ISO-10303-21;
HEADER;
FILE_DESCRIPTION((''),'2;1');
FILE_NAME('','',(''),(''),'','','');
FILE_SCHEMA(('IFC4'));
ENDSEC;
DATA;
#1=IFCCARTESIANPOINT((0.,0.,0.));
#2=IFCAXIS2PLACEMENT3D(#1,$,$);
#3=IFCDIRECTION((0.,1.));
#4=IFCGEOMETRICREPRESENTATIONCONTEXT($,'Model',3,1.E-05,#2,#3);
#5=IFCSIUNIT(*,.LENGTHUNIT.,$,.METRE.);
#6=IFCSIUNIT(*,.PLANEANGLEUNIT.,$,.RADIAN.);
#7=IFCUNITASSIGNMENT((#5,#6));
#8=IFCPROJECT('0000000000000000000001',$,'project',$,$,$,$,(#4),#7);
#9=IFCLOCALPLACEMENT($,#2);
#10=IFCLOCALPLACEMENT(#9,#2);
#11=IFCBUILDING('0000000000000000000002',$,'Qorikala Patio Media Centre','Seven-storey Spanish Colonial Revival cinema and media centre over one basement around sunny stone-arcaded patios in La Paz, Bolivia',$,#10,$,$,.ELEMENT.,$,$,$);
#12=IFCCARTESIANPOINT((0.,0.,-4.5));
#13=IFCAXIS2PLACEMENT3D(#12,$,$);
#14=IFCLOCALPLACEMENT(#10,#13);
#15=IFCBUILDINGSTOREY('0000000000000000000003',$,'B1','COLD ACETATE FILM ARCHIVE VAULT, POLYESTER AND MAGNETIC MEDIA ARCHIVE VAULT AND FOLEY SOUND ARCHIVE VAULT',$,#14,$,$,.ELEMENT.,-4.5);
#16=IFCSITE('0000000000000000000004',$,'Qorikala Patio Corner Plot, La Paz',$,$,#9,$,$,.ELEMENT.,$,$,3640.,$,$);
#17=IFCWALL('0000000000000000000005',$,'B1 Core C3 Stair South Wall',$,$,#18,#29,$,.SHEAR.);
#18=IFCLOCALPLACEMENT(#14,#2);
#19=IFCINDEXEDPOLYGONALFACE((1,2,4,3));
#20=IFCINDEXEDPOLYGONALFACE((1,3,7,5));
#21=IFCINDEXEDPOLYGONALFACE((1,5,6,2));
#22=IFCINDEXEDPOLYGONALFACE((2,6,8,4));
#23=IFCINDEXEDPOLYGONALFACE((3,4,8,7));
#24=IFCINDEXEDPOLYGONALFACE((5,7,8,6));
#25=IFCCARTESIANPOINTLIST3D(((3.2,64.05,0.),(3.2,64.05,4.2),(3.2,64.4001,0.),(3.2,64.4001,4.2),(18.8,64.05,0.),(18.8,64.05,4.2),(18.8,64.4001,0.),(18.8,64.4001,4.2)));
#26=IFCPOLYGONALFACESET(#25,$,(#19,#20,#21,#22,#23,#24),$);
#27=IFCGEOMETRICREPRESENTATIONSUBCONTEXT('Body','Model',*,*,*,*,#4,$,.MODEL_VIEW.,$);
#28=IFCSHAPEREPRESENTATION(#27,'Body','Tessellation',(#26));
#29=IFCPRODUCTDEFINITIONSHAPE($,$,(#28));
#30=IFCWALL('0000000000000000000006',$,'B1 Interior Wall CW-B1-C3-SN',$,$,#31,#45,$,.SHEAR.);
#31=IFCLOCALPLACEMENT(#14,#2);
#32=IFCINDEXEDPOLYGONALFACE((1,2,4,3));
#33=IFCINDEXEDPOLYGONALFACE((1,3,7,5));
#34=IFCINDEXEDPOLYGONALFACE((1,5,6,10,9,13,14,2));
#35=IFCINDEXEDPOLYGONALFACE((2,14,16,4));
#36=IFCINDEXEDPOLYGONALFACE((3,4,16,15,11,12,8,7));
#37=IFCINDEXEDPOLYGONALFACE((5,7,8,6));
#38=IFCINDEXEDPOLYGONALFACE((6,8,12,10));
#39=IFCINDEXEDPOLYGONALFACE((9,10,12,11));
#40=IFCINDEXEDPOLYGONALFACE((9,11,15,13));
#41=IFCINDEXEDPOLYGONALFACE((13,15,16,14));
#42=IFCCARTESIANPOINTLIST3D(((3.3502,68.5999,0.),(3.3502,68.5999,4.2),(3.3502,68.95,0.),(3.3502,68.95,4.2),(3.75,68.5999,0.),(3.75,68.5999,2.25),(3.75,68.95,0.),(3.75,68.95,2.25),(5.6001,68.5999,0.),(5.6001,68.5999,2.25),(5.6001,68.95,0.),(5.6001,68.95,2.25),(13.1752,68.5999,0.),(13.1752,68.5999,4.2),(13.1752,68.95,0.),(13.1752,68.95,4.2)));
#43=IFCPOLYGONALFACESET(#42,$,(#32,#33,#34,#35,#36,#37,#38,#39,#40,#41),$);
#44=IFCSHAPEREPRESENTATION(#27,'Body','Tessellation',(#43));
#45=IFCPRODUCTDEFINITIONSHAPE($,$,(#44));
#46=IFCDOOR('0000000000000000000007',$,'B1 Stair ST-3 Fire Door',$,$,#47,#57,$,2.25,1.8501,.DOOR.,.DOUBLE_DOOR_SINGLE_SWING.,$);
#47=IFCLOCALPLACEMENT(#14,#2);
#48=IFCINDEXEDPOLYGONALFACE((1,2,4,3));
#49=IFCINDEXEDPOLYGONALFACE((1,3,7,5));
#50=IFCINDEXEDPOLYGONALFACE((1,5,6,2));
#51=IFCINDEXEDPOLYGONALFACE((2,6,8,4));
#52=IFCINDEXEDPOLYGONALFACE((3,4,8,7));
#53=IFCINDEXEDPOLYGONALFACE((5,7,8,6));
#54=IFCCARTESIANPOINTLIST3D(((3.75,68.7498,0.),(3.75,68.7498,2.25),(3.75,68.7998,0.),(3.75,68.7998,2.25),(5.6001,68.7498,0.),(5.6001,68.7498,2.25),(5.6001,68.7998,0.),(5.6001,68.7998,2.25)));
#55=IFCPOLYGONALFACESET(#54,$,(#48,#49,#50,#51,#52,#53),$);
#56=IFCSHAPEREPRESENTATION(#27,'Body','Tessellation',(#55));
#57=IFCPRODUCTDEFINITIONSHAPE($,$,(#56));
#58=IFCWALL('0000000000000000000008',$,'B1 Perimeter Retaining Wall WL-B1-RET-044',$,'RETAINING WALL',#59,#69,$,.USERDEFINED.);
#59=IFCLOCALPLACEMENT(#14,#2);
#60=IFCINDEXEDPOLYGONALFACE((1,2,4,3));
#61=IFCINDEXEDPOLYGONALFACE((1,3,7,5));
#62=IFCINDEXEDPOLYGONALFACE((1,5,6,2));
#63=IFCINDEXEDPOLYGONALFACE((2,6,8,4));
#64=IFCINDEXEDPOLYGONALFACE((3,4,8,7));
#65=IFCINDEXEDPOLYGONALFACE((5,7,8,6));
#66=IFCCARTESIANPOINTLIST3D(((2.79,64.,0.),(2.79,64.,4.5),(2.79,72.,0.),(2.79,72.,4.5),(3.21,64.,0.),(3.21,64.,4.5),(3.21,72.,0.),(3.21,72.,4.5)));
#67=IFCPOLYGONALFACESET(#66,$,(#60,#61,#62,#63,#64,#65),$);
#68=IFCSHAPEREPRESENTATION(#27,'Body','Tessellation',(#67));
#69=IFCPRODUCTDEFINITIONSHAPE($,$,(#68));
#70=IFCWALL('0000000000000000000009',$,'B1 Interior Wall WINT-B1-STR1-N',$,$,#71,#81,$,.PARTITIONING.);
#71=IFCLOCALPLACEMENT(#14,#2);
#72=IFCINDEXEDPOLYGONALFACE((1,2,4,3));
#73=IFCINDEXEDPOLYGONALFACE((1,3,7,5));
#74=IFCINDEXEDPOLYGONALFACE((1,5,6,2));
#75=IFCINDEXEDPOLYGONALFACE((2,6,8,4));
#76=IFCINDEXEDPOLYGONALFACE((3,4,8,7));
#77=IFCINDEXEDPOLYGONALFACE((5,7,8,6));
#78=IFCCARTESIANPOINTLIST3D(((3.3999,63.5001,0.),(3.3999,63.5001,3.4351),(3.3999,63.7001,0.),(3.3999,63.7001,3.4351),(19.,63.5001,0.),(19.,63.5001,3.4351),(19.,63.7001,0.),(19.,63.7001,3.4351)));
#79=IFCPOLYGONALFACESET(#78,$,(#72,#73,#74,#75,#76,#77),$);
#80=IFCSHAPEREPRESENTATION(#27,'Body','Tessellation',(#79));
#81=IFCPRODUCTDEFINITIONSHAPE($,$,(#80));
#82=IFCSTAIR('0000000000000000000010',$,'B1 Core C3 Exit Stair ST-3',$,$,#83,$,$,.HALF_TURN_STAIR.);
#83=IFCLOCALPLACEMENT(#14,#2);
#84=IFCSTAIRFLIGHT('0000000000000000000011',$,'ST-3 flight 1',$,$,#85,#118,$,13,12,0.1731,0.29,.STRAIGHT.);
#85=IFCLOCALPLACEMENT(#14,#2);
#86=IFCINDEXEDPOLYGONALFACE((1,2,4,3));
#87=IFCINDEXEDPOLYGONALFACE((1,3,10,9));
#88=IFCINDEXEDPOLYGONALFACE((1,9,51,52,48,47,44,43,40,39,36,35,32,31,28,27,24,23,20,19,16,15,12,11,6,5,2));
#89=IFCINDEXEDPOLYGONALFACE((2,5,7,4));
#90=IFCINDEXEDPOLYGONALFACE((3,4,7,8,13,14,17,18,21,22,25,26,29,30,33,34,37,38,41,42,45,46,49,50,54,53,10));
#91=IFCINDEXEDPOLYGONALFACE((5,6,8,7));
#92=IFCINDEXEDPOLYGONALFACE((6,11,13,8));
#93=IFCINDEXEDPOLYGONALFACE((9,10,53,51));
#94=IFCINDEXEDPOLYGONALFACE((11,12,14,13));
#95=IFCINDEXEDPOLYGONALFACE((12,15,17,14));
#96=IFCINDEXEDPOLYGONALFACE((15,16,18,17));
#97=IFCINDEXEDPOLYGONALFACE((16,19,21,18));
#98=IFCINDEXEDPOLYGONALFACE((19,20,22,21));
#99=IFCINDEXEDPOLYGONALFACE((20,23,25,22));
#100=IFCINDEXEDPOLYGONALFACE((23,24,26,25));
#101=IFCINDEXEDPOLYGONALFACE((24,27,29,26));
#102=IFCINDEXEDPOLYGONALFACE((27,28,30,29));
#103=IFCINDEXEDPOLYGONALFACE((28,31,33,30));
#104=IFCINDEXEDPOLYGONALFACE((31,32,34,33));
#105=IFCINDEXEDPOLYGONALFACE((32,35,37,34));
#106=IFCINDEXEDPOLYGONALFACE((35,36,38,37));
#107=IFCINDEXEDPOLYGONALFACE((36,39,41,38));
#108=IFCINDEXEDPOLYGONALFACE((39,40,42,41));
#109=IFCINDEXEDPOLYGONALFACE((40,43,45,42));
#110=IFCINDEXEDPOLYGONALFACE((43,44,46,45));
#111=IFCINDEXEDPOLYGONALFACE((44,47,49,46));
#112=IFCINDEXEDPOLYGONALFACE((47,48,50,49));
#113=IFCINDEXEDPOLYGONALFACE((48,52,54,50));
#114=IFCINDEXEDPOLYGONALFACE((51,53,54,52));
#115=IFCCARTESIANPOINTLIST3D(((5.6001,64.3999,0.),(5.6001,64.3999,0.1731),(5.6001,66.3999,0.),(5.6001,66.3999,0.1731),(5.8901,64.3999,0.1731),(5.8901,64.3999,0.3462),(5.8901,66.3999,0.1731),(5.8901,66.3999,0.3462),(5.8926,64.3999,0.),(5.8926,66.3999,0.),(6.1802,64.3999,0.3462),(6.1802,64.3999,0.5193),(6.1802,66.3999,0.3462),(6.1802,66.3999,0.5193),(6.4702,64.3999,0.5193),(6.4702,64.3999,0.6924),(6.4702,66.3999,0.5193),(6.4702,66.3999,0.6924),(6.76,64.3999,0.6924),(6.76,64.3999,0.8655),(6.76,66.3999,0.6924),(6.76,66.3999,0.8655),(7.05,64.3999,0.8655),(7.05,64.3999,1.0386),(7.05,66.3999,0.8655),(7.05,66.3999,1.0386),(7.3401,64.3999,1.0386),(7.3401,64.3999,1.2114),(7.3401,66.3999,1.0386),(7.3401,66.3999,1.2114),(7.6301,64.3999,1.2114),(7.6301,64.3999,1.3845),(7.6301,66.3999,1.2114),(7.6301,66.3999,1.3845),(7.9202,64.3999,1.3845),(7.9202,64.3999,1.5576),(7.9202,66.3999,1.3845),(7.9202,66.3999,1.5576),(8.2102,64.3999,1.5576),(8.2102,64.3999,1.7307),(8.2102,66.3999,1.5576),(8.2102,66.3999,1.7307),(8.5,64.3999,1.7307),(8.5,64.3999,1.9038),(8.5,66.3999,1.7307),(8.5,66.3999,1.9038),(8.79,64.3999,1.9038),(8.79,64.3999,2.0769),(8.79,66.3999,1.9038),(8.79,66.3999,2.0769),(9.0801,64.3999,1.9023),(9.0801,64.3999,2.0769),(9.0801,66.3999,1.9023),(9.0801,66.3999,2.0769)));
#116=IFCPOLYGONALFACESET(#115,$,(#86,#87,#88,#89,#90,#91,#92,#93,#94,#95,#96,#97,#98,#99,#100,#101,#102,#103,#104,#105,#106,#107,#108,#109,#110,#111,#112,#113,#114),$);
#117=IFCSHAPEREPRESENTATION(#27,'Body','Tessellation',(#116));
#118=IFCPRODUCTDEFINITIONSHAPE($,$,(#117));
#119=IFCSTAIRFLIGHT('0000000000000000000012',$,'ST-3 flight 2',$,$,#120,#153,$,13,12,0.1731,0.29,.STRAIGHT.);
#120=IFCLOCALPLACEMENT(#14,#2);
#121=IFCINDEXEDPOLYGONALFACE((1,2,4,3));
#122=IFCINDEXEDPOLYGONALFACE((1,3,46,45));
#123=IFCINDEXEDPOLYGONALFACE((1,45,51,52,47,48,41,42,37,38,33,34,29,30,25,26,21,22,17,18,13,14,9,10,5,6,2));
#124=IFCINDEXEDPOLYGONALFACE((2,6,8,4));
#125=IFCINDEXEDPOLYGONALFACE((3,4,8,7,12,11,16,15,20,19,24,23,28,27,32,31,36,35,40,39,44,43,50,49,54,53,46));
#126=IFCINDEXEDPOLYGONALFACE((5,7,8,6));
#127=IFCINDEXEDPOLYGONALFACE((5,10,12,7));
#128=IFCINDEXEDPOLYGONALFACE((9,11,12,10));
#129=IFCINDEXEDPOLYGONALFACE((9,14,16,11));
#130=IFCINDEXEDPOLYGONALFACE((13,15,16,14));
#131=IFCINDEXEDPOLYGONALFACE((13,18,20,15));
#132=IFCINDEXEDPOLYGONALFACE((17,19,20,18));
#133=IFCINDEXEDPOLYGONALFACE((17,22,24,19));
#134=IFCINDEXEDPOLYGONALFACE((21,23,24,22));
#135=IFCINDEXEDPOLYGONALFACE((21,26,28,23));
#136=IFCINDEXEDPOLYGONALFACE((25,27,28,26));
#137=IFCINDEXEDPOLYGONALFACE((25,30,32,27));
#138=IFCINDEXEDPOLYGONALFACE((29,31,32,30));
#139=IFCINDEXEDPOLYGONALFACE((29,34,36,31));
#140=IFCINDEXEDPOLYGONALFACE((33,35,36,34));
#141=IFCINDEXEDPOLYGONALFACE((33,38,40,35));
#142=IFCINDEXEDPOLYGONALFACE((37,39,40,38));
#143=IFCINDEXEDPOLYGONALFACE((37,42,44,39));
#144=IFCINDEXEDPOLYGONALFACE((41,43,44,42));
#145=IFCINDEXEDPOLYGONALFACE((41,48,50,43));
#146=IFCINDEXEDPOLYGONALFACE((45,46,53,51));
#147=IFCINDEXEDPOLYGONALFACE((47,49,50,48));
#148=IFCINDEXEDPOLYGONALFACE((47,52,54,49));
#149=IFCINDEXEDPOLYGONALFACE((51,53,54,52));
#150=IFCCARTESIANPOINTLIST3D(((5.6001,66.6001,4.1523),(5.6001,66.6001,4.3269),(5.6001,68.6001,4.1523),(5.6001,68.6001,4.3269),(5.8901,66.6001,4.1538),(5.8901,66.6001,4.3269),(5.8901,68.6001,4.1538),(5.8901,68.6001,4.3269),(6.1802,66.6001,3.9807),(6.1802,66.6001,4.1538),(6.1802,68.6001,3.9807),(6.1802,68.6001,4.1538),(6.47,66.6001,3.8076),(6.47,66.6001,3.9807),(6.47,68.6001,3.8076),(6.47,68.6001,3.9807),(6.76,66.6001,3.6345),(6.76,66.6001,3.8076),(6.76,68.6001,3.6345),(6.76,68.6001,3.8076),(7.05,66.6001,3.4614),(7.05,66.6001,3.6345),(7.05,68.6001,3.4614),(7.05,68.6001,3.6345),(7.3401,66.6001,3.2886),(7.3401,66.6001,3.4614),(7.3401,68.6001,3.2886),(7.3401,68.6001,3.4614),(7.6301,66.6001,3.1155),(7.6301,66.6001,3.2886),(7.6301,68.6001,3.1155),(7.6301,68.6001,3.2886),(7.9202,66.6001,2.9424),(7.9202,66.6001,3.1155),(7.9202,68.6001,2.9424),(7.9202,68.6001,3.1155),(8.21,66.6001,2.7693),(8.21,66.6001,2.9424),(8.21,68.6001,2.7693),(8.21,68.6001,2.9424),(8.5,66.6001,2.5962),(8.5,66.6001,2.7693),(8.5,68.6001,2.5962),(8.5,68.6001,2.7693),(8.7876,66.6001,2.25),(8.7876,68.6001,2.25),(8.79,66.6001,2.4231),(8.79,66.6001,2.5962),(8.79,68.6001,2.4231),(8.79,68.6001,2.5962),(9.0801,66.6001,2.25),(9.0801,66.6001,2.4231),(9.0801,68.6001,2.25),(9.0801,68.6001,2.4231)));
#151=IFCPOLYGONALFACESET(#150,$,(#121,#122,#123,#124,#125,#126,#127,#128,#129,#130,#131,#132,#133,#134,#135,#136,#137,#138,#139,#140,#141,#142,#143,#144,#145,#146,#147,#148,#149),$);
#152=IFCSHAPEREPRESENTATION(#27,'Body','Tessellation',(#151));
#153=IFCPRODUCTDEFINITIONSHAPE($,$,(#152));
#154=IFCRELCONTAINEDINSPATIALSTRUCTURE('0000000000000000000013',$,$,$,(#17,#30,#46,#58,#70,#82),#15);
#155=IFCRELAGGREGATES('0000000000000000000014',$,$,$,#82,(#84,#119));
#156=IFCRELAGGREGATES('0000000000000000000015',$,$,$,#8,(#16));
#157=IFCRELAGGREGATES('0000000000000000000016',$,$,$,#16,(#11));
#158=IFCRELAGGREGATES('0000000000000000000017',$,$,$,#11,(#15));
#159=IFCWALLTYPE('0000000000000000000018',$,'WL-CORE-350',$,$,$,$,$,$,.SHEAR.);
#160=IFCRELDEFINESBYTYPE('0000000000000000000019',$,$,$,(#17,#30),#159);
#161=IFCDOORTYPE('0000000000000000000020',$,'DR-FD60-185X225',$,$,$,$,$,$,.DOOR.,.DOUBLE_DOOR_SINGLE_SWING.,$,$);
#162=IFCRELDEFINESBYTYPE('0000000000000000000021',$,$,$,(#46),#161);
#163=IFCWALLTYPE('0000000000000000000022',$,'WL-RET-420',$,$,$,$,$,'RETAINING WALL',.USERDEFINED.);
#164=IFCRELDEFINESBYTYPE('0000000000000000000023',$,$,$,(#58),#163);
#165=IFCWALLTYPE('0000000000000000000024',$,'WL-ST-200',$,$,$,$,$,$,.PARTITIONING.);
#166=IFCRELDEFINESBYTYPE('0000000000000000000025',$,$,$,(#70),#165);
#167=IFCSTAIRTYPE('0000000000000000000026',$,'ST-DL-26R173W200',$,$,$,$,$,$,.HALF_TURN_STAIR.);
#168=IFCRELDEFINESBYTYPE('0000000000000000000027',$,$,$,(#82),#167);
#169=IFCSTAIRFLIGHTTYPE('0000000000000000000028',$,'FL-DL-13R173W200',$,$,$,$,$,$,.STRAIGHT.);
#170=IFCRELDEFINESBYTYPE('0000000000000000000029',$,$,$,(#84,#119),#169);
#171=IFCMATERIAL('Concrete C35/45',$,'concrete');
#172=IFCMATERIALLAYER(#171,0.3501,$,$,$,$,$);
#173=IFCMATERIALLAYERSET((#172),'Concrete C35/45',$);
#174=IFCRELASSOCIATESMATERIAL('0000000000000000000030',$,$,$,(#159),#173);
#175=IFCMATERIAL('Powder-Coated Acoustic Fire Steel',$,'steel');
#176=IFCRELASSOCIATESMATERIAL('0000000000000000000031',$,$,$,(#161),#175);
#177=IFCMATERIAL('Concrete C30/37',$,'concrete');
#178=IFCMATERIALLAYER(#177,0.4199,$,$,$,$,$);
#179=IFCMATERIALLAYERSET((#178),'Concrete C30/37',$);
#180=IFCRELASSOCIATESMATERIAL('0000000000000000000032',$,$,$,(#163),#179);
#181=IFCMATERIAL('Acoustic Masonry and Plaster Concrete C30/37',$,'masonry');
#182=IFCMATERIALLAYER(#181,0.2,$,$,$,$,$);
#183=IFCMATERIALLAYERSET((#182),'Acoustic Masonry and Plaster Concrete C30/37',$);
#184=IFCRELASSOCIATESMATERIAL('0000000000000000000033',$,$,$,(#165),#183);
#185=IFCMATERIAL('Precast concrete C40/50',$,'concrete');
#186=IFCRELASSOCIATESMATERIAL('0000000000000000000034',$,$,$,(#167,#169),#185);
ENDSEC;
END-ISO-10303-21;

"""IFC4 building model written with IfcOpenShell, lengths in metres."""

from ifc_helpers import new_model, si_unit, direction, frame, frame_2d, origin, place, context, subcontext, project, spatial, polyline, rectangle, outline, extrude, material, layer, layer_set, type_object, element, fill, aggregate, save


model = new_model("IFC4")

# Units and contexts
model_context = context("Model", 3, precision=1e-05, world=origin(), true_north=direction((0.0, 1.0)))
body_context = subcontext(model_context, "Body", "Model", "MODEL_VIEW")
ifc_project = project(units=[si_unit("LENGTHUNIT", "METRE"), si_unit("PLANEANGLEUNIT", "RADIAN")], contexts=[model_context])

# Site, building, storey
site_placement = place(None, origin())
site = spatial("IfcSite", under=ifc_project, at=site_placement, Name="Qorikala Patio Corner Plot, La Paz", CompositionType="ELEMENT", RefElevation=3640.0)
building_placement = place(site_placement, origin())
building = spatial("IfcBuilding", under=site, at=building_placement, Name="Qorikala Patio Media Centre", Description="Seven-storey Spanish Colonial Revival cinema and media centre over one basement around sunny stone-arcaded patios in La Paz, Bolivia", CompositionType="ELEMENT")
storey_placement = place(building_placement, frame((0.0, 0.0, -4.5)))
storey = spatial("IfcBuildingStorey", under=building, at=storey_placement, Name="B1", Description="COLD ACETATE FILM ARCHIVE VAULT, POLYESTER AND MAGNETIC MEDIA ARCHIVE VAULT AND FOLEY SOUND ARCHIVE VAULT", CompositionType="ELEMENT", Elevation=-4.5)

# Shared definitions
ifc_material_1 = material(Name="Concrete C30/37", Category="concrete")

# Shared definitions
ifc_material_2 = material(Name="Concrete C35/45", Category="concrete")

# Wall
ifc_layer_1 = layer(ifc_material_2, 0.3501)
ifc_layer_set_1 = layer_set([ifc_layer_1], Name="Concrete C35/45")
wall_type_1 = type_object("IfcWallType", Name="WL-CORE-350", PredefinedType="SHEAR", material=ifc_layer_set_1)
wall_1_placement = place(storey_placement, frame((3.2, 64.2251, 0.0), z_axis=(0.0, 0.0, 1.0), x_axis=(1.0, 0.0, 0.0)))
element("IfcWall", 1, at=wall_1_placement, inside=storey, type_object=wall_type_1, Name="B1 Core C3 Stair South Wall", PredefinedType="SHEAR", context=body_context, shape_type="SweptSolid", body=[
    extrude(rectangle(XDim=15.6001, YDim=0.3501, at=frame_2d((7.8, 0.0))), origin(), (0.0, 0.0, 1.0), 4.2),
])

# Wall, opening, door
wall_2_placement = place(storey_placement, frame((3.3501, 68.7749, 0.0), z_axis=(0.0, 0.0, 1.0), x_axis=(1.0, 0.0, 0.0)))
wall_2 = element("IfcWall", 2, at=wall_2_placement, inside=storey, type_object=wall_type_1, Name="B1 Interior Wall CW-B1-C3-SN", PredefinedType="SHEAR", context=body_context, shape_type="SweptSolid", body=[
    extrude(rectangle(XDim=9.825, YDim=0.3501, at=frame_2d((4.9126, 0.0))), origin(), (0.0, 0.0, 1.0), 4.2),
])
opening_placement = place(wall_2_placement, frame((0.3999, 0.0, 0.0)))
opening = element("IfcOpeningElement", 3, at=opening_placement, cuts=wall_2, PredefinedType="OPENING", context=body_context, shape_type="SweptSolid", body=[
    extrude(rectangle(XDim=1.8501, YDim=2.25, at=frame_2d((0.925, 1.125))), frame((0.0, 0.1851, 0.0), z_axis=(0.0, -1.0, 0.0), x_axis=(1.0, 0.0, 0.0)), (0.0, 0.0, 1.0), 0.3701),
])
ifc_material_3 = material(Name="Powder-Coated Acoustic Fire Steel", Category="steel")
door_type = type_object("IfcDoorType", Name="DR-FD60-185X225", OperationType="DOUBLE_DOOR_SINGLE_SWING", PredefinedType="DOOR", material=ifc_material_3)
door_placement = place(opening_placement, origin())
door = element("IfcDoor", 4, at=door_placement, inside=storey, type_object=door_type, Name="B1 Stair ST-3 Fire Door", OperationType="DOUBLE_DOOR_SINGLE_SWING", OverallHeight=2.25, OverallWidth=1.8501, PredefinedType="DOOR", context=body_context, shape_type="SweptSolid", body=[
    extrude(rectangle(XDim=1.8501, YDim=2.25, at=frame_2d((0.925, 1.125))), frame((0.0, 0.0249, 0.0), z_axis=(0.0, -1.0, 0.0), x_axis=(1.0, 0.0, 0.0)), (0.0, 0.0, 1.0), 0.05),
])
fill(opening, door)

# Walls
ifc_layer_2 = layer(ifc_material_1, 0.4199)
ifc_layer_set_2 = layer_set([ifc_layer_2], Name="Concrete C30/37")
wall_type_2 = type_object("IfcWallType", Name="WL-RET-420", ElementType="RETAINING WALL", PredefinedType="USERDEFINED", material=ifc_layer_set_2)
wall_3_placement = place(storey_placement, frame((3.0, 64.0, 0.0), z_axis=(0.0, 0.0, 1.0), x_axis=(0.0, 1.0, 0.0)))
element("IfcWall", 5, at=wall_3_placement, inside=storey, type_object=wall_type_2, Name="B1 Perimeter Retaining Wall WL-B1-RET-044", ObjectType="RETAINING WALL", PredefinedType="USERDEFINED", context=body_context, shape_type="SweptSolid", body=[
    extrude(rectangle(XDim=8.0, YDim=0.4199, at=frame_2d((4.0, 0.0))), origin(), (0.0, 0.0, 1.0), 4.5),
])
ifc_material_4 = material(Name="Acoustic Masonry and Plaster Concrete C30/37", Category="masonry")
ifc_layer_3 = layer(ifc_material_4, 0.2)
ifc_layer_set_3 = layer_set([ifc_layer_3], Name="Acoustic Masonry and Plaster Concrete C30/37")
wall_type_3 = type_object("IfcWallType", Name="WL-ST-200", PredefinedType="PARTITIONING", material=ifc_layer_set_3)
wall_4_placement = place(storey_placement, frame((3.3999, 63.6001, 0.0), z_axis=(0.0, 0.0, 1.0), x_axis=(1.0, 0.0, 0.0)))
element("IfcWall", 6, at=wall_4_placement, inside=storey, type_object=wall_type_3, Name="B1 Interior Wall WINT-B1-STR1-N", PredefinedType="PARTITIONING", context=body_context, shape_type="SweptSolid", body=[
    extrude(rectangle(XDim=15.6001, YDim=0.2, at=frame_2d((7.8, 0.0))), origin(), (0.0, 0.0, 1.0), 3.4351),
])

# Stair, stair flights
ifc_material_5 = material(Name="Precast concrete C40/50", Category="concrete")
stair_type = type_object("IfcStairType", Name="ST-DL-26R173W200", PredefinedType="HALF_TURN_STAIR", material=ifc_material_5)
stair_placement = place(storey_placement, origin())
stair = element("IfcStair", 7, at=stair_placement, inside=storey, type_object=stair_type, Name="B1 Core C3 Exit Stair ST-3", PredefinedType="HALF_TURN_STAIR")
stair_flight_type = type_object("IfcStairFlightType", Name="FL-DL-13R173W200", PredefinedType="STRAIGHT", material=ifc_material_5)
stair_flight_1_placement = place(storey_placement, frame((5.6001, 65.3999, 0.0), z_axis=(0.0, 0.0, 1.0), x_axis=(1.0, 0.0, 0.0)))
stair_flight_1 = element("IfcStairFlight", 8, at=stair_flight_1_placement, type_object=stair_flight_type, Name="ST-3 flight 1", NumberOfRisers=13, NumberOfTreads=12, PredefinedType="STRAIGHT", RiserHeight=0.1731, TreadLength=0.29, context=body_context, shape_type="SweptSolid", body=[
    extrude(outline(polyline([(0.0, 0.0), (0.0, 0.1731), (0.29, 0.1731), (0.29, 0.3462), (0.5801, 0.3462), (0.5801, 0.5193), (0.8701, 0.5193), (0.8701, 0.6924), (1.1599, 0.6924), (1.1599, 0.8655), (1.45, 0.8655), (1.45, 1.0386), (1.74, 1.0386), (1.74, 1.2114), (2.03, 1.2114), (2.03, 1.3845), (2.3201, 1.3845), (2.3201, 1.5576), (2.6101, 1.5576), (2.6101, 1.7307), (2.8999, 1.7307), (2.8999, 1.9038), (3.1899, 1.9038), (3.1899, 2.0769), (3.48, 2.0769), (3.48, 2.25), (3.48, 1.9023), (0.2925, 0.0), (0.0, 0.0)])), frame((0.0, 1.0, 0.0), z_axis=(0.0, -1.0, 0.0), x_axis=(1.0, 0.0, 0.0)), (0.0, 0.0, 1.0), 2.0),
])
stair_flight_2_placement = place(storey_placement, frame((9.0801, 67.6001, 2.25), z_axis=(0.0, 0.0, 1.0), x_axis=(-1.0, 0.0, 0.0)))
stair_flight_2 = element("IfcStairFlight", 9, at=stair_flight_2_placement, type_object=stair_flight_type, Name="ST-3 flight 2", NumberOfRisers=13, NumberOfTreads=12, PredefinedType="STRAIGHT", RiserHeight=0.1731, TreadLength=0.29, context=body_context, shape_type="SweptSolid", body=[
    extrude(outline(polyline([(0.0, 0.0), (0.0, 0.1731), (0.29, 0.1731), (0.29, 0.3462), (0.5801, 0.3462), (0.5801, 0.5193), (0.8701, 0.5193), (0.8701, 0.6924), (1.1599, 0.6924), (1.1599, 0.8655), (1.45, 0.8655), (1.45, 1.0386), (1.74, 1.0386), (1.74, 1.2114), (2.03, 1.2114), (2.03, 1.3845), (2.3201, 1.3845), (2.3201, 1.5576), (2.6101, 1.5576), (2.6101, 1.7307), (2.8999, 1.7307), (2.8999, 1.9038), (3.1899, 1.9038), (3.1899, 2.0769), (3.48, 2.0769), (3.48, 2.25), (3.48, 1.9023), (0.2925, 0.0), (0.0, 0.0)])), frame((0.0, 1.0, 0.0), z_axis=(0.0, -1.0, 0.0), x_axis=(1.0, 0.0, 0.0)), (0.0, 0.0, 1.0), 2.0),
])
aggregate(stair, [stair_flight_1, stair_flight_2])

save(model, "model.ifc")
